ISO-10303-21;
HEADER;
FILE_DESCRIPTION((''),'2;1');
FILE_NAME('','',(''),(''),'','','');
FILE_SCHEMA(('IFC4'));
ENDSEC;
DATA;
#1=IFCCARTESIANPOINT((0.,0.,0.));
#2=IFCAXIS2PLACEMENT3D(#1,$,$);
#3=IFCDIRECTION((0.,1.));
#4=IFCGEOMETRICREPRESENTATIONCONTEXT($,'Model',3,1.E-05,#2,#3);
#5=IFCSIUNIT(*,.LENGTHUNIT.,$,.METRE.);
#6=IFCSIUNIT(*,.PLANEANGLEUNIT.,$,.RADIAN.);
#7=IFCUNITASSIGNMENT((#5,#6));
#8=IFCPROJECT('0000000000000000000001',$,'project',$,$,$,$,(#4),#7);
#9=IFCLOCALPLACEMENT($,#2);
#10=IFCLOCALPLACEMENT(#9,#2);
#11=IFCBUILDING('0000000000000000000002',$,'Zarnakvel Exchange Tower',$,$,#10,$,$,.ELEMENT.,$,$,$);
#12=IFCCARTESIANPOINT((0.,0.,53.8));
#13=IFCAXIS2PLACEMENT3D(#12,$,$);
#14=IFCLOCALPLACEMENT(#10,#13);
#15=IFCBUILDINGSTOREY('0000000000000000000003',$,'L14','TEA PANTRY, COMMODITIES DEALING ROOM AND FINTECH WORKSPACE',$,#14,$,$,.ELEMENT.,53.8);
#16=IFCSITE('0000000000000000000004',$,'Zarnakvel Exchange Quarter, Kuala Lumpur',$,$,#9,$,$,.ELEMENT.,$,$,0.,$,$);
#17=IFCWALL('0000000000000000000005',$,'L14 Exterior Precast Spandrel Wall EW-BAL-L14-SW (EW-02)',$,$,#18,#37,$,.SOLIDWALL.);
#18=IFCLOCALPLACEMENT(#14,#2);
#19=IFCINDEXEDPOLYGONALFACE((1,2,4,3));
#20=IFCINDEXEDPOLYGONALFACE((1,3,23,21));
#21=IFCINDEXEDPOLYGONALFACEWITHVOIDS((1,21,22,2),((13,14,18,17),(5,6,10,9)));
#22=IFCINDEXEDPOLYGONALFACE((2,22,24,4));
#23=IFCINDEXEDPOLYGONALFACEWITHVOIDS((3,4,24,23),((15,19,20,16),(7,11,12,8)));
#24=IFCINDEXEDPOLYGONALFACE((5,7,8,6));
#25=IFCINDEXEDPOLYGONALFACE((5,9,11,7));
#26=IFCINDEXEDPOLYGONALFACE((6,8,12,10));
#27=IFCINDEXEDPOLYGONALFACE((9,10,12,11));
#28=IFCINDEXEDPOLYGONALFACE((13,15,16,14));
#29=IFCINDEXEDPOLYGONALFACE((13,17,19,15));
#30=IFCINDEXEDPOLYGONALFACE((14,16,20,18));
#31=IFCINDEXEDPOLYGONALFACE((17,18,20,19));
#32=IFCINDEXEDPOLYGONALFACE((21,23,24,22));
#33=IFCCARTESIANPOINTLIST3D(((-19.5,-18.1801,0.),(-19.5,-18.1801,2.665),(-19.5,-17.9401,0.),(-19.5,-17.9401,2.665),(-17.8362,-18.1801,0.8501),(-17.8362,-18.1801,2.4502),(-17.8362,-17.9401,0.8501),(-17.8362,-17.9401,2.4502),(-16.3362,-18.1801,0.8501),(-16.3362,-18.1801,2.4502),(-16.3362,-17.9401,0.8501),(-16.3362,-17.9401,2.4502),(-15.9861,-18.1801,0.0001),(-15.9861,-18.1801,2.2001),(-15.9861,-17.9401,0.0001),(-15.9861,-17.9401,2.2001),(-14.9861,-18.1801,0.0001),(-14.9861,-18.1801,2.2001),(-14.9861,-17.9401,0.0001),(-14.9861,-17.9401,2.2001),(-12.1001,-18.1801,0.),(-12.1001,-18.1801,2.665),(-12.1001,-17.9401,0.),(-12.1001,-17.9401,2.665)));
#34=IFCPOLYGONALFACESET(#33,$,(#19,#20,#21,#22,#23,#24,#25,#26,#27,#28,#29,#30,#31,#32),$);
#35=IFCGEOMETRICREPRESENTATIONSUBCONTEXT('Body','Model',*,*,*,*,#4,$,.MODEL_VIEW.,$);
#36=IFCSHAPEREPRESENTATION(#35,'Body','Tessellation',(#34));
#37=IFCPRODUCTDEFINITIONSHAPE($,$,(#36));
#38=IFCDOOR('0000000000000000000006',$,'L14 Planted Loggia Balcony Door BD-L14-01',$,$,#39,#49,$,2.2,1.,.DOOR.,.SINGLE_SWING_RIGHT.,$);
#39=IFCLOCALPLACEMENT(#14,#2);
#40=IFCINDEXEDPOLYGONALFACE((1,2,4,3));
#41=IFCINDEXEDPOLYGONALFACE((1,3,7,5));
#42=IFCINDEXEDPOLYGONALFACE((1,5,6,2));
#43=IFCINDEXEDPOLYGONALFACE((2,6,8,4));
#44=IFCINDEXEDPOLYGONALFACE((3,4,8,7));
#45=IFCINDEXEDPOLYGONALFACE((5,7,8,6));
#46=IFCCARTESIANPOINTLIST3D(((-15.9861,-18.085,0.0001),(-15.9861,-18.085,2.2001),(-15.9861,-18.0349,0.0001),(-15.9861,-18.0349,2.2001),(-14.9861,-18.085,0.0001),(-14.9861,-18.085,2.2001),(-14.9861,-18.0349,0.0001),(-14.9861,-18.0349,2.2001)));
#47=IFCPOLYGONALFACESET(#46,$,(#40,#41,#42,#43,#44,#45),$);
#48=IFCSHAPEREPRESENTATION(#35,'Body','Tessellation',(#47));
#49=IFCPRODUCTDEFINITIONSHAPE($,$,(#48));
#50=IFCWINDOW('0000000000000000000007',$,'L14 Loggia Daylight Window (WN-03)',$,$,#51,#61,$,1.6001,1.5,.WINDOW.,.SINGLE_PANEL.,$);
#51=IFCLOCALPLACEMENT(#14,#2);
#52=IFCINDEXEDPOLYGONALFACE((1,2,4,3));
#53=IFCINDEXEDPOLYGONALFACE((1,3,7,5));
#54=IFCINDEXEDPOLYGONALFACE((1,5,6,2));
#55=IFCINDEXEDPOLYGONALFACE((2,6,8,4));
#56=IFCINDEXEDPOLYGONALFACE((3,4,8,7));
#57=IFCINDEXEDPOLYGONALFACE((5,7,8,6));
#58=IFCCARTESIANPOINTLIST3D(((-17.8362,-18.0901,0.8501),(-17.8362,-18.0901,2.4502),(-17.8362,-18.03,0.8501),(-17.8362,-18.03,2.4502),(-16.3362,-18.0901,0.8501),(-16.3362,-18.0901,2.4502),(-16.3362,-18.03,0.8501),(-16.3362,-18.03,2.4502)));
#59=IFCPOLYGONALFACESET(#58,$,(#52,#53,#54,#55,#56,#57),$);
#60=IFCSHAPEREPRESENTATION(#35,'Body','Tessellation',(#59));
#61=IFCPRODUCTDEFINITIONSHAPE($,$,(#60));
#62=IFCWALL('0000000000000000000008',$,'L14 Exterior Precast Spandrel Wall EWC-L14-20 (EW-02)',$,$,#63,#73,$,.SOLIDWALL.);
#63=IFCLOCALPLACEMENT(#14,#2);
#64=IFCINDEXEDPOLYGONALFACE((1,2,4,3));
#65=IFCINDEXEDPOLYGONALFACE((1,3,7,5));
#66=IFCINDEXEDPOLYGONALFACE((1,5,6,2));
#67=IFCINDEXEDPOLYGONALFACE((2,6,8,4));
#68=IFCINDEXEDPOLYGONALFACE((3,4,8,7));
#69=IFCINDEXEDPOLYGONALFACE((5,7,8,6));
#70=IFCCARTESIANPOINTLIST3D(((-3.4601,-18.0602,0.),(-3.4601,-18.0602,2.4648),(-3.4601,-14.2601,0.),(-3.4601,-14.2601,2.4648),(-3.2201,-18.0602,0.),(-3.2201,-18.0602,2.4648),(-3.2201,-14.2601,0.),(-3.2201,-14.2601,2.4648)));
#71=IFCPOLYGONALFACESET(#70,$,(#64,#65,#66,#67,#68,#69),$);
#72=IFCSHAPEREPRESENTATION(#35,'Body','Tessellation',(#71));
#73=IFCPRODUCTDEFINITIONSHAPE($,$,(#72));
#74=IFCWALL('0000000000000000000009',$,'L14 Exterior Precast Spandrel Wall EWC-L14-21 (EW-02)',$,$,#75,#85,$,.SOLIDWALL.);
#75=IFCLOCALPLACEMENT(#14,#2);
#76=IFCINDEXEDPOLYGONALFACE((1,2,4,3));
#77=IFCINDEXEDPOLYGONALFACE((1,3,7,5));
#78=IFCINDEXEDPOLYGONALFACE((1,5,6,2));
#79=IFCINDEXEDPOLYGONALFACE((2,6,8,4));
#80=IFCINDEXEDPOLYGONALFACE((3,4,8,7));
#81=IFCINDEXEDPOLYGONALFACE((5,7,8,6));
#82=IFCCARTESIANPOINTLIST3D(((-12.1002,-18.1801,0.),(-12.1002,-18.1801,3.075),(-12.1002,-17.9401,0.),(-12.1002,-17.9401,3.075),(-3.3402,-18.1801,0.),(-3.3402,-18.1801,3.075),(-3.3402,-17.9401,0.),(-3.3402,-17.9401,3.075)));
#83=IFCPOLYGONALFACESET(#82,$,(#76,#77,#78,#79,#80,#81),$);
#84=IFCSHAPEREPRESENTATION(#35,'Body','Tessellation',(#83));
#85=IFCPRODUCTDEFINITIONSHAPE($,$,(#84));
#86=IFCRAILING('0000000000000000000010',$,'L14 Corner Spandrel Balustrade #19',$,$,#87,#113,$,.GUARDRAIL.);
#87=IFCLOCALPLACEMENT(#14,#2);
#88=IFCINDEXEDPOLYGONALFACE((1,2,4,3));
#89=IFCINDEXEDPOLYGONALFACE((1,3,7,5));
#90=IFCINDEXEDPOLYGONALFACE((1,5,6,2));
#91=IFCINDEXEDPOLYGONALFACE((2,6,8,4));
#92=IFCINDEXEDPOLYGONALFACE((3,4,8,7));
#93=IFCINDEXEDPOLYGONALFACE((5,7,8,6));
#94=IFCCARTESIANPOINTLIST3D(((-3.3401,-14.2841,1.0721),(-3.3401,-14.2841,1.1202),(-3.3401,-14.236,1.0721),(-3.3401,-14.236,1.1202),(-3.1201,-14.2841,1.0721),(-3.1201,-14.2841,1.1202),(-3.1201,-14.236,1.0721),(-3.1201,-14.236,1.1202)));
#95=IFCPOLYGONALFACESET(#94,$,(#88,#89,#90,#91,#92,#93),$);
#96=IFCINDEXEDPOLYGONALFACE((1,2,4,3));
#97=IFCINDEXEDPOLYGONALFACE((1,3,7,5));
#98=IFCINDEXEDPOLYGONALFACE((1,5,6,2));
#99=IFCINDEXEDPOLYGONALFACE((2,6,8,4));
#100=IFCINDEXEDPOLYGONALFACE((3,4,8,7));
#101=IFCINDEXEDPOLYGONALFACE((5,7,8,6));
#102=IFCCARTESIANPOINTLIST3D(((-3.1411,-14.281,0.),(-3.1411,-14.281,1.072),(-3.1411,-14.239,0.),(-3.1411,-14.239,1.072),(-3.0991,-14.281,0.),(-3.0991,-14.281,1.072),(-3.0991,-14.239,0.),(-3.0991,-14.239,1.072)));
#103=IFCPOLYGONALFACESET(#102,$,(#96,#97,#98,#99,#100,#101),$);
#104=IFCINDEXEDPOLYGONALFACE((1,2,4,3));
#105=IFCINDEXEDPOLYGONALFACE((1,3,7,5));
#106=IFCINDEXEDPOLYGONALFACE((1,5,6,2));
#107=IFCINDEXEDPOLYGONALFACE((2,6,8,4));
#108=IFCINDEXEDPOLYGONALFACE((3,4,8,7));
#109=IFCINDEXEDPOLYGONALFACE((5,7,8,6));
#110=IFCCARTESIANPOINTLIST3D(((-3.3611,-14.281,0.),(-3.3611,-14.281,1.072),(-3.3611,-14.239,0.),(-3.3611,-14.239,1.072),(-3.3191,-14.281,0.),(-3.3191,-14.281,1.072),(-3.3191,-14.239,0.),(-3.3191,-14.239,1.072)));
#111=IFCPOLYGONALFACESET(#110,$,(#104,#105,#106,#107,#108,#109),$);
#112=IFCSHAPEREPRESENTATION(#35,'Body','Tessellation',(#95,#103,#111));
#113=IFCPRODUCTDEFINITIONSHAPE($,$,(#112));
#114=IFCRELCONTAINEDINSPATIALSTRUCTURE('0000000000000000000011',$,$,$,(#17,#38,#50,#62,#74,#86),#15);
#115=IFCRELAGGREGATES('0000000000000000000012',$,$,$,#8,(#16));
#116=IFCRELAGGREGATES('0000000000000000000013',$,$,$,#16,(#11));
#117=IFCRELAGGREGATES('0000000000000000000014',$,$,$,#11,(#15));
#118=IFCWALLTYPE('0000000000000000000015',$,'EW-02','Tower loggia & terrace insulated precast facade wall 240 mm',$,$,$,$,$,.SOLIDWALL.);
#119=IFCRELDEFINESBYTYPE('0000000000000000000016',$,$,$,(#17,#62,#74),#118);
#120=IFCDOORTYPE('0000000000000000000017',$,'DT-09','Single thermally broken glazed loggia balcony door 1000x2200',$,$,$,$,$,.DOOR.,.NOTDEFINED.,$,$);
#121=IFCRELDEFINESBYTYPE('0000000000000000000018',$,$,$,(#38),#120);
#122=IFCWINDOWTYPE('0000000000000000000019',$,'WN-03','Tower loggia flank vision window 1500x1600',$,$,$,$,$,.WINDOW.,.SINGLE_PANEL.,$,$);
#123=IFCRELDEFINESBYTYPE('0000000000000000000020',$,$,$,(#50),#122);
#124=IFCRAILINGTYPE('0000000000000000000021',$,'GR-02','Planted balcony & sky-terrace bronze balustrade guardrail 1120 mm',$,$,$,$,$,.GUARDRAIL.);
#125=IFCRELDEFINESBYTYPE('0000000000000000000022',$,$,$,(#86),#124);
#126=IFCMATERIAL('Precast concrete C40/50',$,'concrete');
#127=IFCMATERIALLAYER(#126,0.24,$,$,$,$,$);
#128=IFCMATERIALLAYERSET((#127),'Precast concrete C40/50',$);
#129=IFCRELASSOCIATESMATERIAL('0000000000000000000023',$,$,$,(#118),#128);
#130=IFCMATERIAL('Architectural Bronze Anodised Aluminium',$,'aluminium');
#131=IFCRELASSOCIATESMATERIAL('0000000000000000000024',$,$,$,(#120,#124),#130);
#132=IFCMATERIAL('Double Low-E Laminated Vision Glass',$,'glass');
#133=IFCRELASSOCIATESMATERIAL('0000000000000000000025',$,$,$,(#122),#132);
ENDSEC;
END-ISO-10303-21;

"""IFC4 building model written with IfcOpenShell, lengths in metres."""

from ifc_helpers import new_model, si_unit, direction, frame, frame_2d, origin, origin_2d, place, context, subcontext, project, spatial, rectangle, extrude, source, transform, mapped, material, layer, layer_set, type_object, element, fill, save


model = new_model("IFC4")

# Units and contexts
model_context = context("Model", 3, precision=1e-05, world=origin(), true_north=direction((0.0, 1.0)))
body_context = subcontext(model_context, "Body", "Model", "MODEL_VIEW")
ifc_project = project(units=[si_unit("LENGTHUNIT", "METRE"), si_unit("PLANEANGLEUNIT", "RADIAN")], contexts=[model_context])

# Site, building, storey
site_placement = place(None, origin())
site = spatial("IfcSite", under=ifc_project, at=site_placement, Name="Zarnakvel Exchange Quarter, Kuala Lumpur", CompositionType="ELEMENT", RefElevation=0.0)
building_placement = place(site_placement, origin())
building = spatial("IfcBuilding", under=site, at=building_placement, Name="Zarnakvel Exchange Tower", CompositionType="ELEMENT")
storey_placement = place(building_placement, frame((0.0, 0.0, 53.8)))
storey = spatial("IfcBuildingStorey", under=building, at=storey_placement, Name="L14", Description="TEA PANTRY, COMMODITIES DEALING ROOM AND FINTECH WORKSPACE", CompositionType="ELEMENT", Elevation=53.8)

# Shared definitions
ifc_material_1 = material(Name="Architectural Bronze Anodised Aluminium", Category="aluminium")

# Shared definitions
ifc_material_2 = material(Name="Double Low-E Laminated Vision Glass", Category="glass")

# Wall, openings, door, window
ifc_material_3 = material(Name="Precast concrete C40/50", Category="concrete")
ifc_layer_1 = layer(ifc_material_3, 0.24)
ifc_layer_set_1 = layer_set([ifc_layer_1], Name="Precast concrete C40/50")
wall_type = type_object("IfcWallType", Name="EW-02", Description="Tower loggia & terrace insulated precast facade wall 240 mm", PredefinedType="SOLIDWALL", material=ifc_layer_set_1)
wall_1_placement = place(storey_placement, frame((-12.1001, -18.0601, 0.0), z_axis=(0.0, 0.0, 1.0), x_axis=(-1.0, 0.0, 0.0)))
wall_1 = element("IfcWall", 1, at=wall_1_placement, inside=storey, type_object=wall_type, Name="L14 Exterior Precast Spandrel Wall EW-BAL-L14-SW (EW-02)", PredefinedType="SOLIDWALL", context=body_context, shape_type="SweptSolid", body=[
    extrude(rectangle(XDim=7.3999, YDim=0.24, at=frame_2d((3.7, 0.0))), origin(), (0.0, 0.0, 1.0), 2.665),
])
opening_1_placement = place(wall_1_placement, frame((2.886, 0.0, 0.0)))
opening_1 = element("IfcOpeningElement", 2, at=opening_1_placement, cuts=wall_1, PredefinedType="OPENING", context=body_context, shape_type="SweptSolid", body=[
    extrude(rectangle(XDim=1.0, YDim=2.2, at=frame_2d((0.5, 1.1001))), frame((0.0, 0.1299, 0.0), z_axis=(0.0, -1.0, 0.0), x_axis=(1.0, 0.0, 0.0)), (0.0, 0.0, 1.0), 0.26),
])
opening_2_placement = place(wall_1_placement, frame((4.2361, 0.0, 0.8501)))
opening_2 = element("IfcOpeningElement", 3, at=opening_2_placement, cuts=wall_1, PredefinedType="OPENING", context=body_context, shape_type="SweptSolid", body=[
    extrude(rectangle(XDim=1.5, YDim=1.6001, at=frame_2d((0.75, 0.8))), frame((0.0, 0.1299, 0.0), z_axis=(0.0, -1.0, 0.0), x_axis=(1.0, 0.0, 0.0)), (0.0, 0.0, 1.0), 0.26),
])
door_type = type_object("IfcDoorType", Name="DT-09", Description="Single thermally broken glazed loggia balcony door 1000x2200", OperationType="NOTDEFINED", PredefinedType="DOOR", material=ifc_material_1)
shared_shape_1 = source(origin(), body_context, "Body", "SweptSolid", [
    extrude(rectangle(XDim=1.0, YDim=2.2, at=frame_2d((0.5, 1.1001))), frame((0.0, 0.0249, 0.0), z_axis=(0.0, -1.0, 0.0), x_axis=(1.0, 0.0, 0.0)), (0.0, 0.0, 1.0), 0.05),
])
door_placement = place(opening_1_placement, origin())
door = element("IfcDoor", 4, at=door_placement, inside=storey, type_object=door_type, Name="L14 Planted Loggia Balcony Door BD-L14-01", OperationType="SINGLE_SWING_RIGHT", OverallHeight=2.2, OverallWidth=1.0, PredefinedType="DOOR", context=body_context, shape_type="MappedRepresentation", body=[
    mapped(shared_shape_1, transform((0.0, 0.0, 0.0), x_axis=(1.0, 0.0, 0.0), y_axis=(0.0, 1.0, 0.0), z_axis=(0.0, 0.0, 1.0), scale=1.0)),
])
fill(opening_1, door)
window_type = type_object("IfcWindowType", Name="WN-03", Description="Tower loggia flank vision window 1500x1600", PartitioningType="SINGLE_PANEL", PredefinedType="WINDOW", material=ifc_material_2)
shared_shape_2 = source(origin(), body_context, "Body", "SweptSolid", [
    extrude(rectangle(XDim=1.5, YDim=1.6001, at=frame_2d((0.75, 0.8))), frame((0.0, 0.03, 0.0), z_axis=(0.0, -1.0, 0.0), x_axis=(1.0, 0.0, 0.0)), (0.0, 0.0, 1.0), 0.0601),
])
window_placement = place(opening_2_placement, origin())
window = element("IfcWindow", 5, at=window_placement, inside=storey, type_object=window_type, Name="L14 Loggia Daylight Window (WN-03)", OverallHeight=1.6001, OverallWidth=1.5, PartitioningType="SINGLE_PANEL", PredefinedType="WINDOW", context=body_context, shape_type="MappedRepresentation", body=[
    mapped(shared_shape_2, transform((0.0, 0.0, 0.0), x_axis=(1.0, 0.0, 0.0), y_axis=(0.0, 1.0, 0.0), z_axis=(0.0, 0.0, 1.0), scale=1.0)),
])
fill(opening_2, window)

# Walls
wall_2_placement = place(storey_placement, frame((-3.3401, -18.0601, 0.0), z_axis=(0.0, 0.0, 1.0), x_axis=(0.0, 1.0, 0.0)))
element("IfcWall", 6, at=wall_2_placement, inside=storey, type_object=wall_type, Name="L14 Exterior Precast Spandrel Wall EWC-L14-20 (EW-02)", PredefinedType="SOLIDWALL", context=body_context, shape_type="SweptSolid", body=[
    extrude(rectangle(XDim=3.8, YDim=0.24, at=frame_2d((1.8999, 0.0))), origin(), (0.0, 0.0, 1.0), 2.4648),
])
wall_3_placement = place(storey_placement, frame((-12.1001, -18.0601, 0.0), z_axis=(0.0, 0.0, 1.0), x_axis=(1.0, 0.0, 0.0)))
element("IfcWall", 7, at=wall_3_placement, inside=storey, type_object=wall_type, Name="L14 Exterior Precast Spandrel Wall EWC-L14-21 (EW-02)", PredefinedType="SOLIDWALL", context=body_context, shape_type="SweptSolid", body=[
    extrude(rectangle(XDim=8.76, YDim=0.24, at=frame_2d((4.3799, 0.0))), origin(), (0.0, 0.0, 1.0), 3.075),
])

# Railing
railing_type = type_object("IfcRailingType", Name="GR-02", Description="Planted balcony & sky-terrace bronze balustrade guardrail 1120 mm", PredefinedType="GUARDRAIL", material=ifc_material_1)
railing_placement = place(storey_placement, frame((-3.1201, -14.26, 0.0)))
element("IfcRailing", 8, at=railing_placement, inside=storey, type_object=railing_type, Name="L14 Corner Spandrel Balustrade #19", PredefinedType="GUARDRAIL", context=body_context, shape_type="SweptSolid", body=[
    extrude(rectangle(XDim=0.0481, YDim=0.0481, at=origin_2d()), frame((0.0, 0.0, 1.0962), z_axis=(-1.0, 0.0, 0.0), x_axis=(0.0, -1.0, 0.0)), (0.0, 0.0, 1.0), 0.22),
    extrude(rectangle(XDim=0.042, YDim=0.042, at=origin_2d()), origin(), (0.0, 0.0, 1.0), 1.072),
    extrude(rectangle(XDim=0.042, YDim=0.042, at=origin_2d()), frame((-0.22, 0.0, 0.0)), (0.0, 0.0, 1.0), 1.072),
])

save(model, "model.ifc")
